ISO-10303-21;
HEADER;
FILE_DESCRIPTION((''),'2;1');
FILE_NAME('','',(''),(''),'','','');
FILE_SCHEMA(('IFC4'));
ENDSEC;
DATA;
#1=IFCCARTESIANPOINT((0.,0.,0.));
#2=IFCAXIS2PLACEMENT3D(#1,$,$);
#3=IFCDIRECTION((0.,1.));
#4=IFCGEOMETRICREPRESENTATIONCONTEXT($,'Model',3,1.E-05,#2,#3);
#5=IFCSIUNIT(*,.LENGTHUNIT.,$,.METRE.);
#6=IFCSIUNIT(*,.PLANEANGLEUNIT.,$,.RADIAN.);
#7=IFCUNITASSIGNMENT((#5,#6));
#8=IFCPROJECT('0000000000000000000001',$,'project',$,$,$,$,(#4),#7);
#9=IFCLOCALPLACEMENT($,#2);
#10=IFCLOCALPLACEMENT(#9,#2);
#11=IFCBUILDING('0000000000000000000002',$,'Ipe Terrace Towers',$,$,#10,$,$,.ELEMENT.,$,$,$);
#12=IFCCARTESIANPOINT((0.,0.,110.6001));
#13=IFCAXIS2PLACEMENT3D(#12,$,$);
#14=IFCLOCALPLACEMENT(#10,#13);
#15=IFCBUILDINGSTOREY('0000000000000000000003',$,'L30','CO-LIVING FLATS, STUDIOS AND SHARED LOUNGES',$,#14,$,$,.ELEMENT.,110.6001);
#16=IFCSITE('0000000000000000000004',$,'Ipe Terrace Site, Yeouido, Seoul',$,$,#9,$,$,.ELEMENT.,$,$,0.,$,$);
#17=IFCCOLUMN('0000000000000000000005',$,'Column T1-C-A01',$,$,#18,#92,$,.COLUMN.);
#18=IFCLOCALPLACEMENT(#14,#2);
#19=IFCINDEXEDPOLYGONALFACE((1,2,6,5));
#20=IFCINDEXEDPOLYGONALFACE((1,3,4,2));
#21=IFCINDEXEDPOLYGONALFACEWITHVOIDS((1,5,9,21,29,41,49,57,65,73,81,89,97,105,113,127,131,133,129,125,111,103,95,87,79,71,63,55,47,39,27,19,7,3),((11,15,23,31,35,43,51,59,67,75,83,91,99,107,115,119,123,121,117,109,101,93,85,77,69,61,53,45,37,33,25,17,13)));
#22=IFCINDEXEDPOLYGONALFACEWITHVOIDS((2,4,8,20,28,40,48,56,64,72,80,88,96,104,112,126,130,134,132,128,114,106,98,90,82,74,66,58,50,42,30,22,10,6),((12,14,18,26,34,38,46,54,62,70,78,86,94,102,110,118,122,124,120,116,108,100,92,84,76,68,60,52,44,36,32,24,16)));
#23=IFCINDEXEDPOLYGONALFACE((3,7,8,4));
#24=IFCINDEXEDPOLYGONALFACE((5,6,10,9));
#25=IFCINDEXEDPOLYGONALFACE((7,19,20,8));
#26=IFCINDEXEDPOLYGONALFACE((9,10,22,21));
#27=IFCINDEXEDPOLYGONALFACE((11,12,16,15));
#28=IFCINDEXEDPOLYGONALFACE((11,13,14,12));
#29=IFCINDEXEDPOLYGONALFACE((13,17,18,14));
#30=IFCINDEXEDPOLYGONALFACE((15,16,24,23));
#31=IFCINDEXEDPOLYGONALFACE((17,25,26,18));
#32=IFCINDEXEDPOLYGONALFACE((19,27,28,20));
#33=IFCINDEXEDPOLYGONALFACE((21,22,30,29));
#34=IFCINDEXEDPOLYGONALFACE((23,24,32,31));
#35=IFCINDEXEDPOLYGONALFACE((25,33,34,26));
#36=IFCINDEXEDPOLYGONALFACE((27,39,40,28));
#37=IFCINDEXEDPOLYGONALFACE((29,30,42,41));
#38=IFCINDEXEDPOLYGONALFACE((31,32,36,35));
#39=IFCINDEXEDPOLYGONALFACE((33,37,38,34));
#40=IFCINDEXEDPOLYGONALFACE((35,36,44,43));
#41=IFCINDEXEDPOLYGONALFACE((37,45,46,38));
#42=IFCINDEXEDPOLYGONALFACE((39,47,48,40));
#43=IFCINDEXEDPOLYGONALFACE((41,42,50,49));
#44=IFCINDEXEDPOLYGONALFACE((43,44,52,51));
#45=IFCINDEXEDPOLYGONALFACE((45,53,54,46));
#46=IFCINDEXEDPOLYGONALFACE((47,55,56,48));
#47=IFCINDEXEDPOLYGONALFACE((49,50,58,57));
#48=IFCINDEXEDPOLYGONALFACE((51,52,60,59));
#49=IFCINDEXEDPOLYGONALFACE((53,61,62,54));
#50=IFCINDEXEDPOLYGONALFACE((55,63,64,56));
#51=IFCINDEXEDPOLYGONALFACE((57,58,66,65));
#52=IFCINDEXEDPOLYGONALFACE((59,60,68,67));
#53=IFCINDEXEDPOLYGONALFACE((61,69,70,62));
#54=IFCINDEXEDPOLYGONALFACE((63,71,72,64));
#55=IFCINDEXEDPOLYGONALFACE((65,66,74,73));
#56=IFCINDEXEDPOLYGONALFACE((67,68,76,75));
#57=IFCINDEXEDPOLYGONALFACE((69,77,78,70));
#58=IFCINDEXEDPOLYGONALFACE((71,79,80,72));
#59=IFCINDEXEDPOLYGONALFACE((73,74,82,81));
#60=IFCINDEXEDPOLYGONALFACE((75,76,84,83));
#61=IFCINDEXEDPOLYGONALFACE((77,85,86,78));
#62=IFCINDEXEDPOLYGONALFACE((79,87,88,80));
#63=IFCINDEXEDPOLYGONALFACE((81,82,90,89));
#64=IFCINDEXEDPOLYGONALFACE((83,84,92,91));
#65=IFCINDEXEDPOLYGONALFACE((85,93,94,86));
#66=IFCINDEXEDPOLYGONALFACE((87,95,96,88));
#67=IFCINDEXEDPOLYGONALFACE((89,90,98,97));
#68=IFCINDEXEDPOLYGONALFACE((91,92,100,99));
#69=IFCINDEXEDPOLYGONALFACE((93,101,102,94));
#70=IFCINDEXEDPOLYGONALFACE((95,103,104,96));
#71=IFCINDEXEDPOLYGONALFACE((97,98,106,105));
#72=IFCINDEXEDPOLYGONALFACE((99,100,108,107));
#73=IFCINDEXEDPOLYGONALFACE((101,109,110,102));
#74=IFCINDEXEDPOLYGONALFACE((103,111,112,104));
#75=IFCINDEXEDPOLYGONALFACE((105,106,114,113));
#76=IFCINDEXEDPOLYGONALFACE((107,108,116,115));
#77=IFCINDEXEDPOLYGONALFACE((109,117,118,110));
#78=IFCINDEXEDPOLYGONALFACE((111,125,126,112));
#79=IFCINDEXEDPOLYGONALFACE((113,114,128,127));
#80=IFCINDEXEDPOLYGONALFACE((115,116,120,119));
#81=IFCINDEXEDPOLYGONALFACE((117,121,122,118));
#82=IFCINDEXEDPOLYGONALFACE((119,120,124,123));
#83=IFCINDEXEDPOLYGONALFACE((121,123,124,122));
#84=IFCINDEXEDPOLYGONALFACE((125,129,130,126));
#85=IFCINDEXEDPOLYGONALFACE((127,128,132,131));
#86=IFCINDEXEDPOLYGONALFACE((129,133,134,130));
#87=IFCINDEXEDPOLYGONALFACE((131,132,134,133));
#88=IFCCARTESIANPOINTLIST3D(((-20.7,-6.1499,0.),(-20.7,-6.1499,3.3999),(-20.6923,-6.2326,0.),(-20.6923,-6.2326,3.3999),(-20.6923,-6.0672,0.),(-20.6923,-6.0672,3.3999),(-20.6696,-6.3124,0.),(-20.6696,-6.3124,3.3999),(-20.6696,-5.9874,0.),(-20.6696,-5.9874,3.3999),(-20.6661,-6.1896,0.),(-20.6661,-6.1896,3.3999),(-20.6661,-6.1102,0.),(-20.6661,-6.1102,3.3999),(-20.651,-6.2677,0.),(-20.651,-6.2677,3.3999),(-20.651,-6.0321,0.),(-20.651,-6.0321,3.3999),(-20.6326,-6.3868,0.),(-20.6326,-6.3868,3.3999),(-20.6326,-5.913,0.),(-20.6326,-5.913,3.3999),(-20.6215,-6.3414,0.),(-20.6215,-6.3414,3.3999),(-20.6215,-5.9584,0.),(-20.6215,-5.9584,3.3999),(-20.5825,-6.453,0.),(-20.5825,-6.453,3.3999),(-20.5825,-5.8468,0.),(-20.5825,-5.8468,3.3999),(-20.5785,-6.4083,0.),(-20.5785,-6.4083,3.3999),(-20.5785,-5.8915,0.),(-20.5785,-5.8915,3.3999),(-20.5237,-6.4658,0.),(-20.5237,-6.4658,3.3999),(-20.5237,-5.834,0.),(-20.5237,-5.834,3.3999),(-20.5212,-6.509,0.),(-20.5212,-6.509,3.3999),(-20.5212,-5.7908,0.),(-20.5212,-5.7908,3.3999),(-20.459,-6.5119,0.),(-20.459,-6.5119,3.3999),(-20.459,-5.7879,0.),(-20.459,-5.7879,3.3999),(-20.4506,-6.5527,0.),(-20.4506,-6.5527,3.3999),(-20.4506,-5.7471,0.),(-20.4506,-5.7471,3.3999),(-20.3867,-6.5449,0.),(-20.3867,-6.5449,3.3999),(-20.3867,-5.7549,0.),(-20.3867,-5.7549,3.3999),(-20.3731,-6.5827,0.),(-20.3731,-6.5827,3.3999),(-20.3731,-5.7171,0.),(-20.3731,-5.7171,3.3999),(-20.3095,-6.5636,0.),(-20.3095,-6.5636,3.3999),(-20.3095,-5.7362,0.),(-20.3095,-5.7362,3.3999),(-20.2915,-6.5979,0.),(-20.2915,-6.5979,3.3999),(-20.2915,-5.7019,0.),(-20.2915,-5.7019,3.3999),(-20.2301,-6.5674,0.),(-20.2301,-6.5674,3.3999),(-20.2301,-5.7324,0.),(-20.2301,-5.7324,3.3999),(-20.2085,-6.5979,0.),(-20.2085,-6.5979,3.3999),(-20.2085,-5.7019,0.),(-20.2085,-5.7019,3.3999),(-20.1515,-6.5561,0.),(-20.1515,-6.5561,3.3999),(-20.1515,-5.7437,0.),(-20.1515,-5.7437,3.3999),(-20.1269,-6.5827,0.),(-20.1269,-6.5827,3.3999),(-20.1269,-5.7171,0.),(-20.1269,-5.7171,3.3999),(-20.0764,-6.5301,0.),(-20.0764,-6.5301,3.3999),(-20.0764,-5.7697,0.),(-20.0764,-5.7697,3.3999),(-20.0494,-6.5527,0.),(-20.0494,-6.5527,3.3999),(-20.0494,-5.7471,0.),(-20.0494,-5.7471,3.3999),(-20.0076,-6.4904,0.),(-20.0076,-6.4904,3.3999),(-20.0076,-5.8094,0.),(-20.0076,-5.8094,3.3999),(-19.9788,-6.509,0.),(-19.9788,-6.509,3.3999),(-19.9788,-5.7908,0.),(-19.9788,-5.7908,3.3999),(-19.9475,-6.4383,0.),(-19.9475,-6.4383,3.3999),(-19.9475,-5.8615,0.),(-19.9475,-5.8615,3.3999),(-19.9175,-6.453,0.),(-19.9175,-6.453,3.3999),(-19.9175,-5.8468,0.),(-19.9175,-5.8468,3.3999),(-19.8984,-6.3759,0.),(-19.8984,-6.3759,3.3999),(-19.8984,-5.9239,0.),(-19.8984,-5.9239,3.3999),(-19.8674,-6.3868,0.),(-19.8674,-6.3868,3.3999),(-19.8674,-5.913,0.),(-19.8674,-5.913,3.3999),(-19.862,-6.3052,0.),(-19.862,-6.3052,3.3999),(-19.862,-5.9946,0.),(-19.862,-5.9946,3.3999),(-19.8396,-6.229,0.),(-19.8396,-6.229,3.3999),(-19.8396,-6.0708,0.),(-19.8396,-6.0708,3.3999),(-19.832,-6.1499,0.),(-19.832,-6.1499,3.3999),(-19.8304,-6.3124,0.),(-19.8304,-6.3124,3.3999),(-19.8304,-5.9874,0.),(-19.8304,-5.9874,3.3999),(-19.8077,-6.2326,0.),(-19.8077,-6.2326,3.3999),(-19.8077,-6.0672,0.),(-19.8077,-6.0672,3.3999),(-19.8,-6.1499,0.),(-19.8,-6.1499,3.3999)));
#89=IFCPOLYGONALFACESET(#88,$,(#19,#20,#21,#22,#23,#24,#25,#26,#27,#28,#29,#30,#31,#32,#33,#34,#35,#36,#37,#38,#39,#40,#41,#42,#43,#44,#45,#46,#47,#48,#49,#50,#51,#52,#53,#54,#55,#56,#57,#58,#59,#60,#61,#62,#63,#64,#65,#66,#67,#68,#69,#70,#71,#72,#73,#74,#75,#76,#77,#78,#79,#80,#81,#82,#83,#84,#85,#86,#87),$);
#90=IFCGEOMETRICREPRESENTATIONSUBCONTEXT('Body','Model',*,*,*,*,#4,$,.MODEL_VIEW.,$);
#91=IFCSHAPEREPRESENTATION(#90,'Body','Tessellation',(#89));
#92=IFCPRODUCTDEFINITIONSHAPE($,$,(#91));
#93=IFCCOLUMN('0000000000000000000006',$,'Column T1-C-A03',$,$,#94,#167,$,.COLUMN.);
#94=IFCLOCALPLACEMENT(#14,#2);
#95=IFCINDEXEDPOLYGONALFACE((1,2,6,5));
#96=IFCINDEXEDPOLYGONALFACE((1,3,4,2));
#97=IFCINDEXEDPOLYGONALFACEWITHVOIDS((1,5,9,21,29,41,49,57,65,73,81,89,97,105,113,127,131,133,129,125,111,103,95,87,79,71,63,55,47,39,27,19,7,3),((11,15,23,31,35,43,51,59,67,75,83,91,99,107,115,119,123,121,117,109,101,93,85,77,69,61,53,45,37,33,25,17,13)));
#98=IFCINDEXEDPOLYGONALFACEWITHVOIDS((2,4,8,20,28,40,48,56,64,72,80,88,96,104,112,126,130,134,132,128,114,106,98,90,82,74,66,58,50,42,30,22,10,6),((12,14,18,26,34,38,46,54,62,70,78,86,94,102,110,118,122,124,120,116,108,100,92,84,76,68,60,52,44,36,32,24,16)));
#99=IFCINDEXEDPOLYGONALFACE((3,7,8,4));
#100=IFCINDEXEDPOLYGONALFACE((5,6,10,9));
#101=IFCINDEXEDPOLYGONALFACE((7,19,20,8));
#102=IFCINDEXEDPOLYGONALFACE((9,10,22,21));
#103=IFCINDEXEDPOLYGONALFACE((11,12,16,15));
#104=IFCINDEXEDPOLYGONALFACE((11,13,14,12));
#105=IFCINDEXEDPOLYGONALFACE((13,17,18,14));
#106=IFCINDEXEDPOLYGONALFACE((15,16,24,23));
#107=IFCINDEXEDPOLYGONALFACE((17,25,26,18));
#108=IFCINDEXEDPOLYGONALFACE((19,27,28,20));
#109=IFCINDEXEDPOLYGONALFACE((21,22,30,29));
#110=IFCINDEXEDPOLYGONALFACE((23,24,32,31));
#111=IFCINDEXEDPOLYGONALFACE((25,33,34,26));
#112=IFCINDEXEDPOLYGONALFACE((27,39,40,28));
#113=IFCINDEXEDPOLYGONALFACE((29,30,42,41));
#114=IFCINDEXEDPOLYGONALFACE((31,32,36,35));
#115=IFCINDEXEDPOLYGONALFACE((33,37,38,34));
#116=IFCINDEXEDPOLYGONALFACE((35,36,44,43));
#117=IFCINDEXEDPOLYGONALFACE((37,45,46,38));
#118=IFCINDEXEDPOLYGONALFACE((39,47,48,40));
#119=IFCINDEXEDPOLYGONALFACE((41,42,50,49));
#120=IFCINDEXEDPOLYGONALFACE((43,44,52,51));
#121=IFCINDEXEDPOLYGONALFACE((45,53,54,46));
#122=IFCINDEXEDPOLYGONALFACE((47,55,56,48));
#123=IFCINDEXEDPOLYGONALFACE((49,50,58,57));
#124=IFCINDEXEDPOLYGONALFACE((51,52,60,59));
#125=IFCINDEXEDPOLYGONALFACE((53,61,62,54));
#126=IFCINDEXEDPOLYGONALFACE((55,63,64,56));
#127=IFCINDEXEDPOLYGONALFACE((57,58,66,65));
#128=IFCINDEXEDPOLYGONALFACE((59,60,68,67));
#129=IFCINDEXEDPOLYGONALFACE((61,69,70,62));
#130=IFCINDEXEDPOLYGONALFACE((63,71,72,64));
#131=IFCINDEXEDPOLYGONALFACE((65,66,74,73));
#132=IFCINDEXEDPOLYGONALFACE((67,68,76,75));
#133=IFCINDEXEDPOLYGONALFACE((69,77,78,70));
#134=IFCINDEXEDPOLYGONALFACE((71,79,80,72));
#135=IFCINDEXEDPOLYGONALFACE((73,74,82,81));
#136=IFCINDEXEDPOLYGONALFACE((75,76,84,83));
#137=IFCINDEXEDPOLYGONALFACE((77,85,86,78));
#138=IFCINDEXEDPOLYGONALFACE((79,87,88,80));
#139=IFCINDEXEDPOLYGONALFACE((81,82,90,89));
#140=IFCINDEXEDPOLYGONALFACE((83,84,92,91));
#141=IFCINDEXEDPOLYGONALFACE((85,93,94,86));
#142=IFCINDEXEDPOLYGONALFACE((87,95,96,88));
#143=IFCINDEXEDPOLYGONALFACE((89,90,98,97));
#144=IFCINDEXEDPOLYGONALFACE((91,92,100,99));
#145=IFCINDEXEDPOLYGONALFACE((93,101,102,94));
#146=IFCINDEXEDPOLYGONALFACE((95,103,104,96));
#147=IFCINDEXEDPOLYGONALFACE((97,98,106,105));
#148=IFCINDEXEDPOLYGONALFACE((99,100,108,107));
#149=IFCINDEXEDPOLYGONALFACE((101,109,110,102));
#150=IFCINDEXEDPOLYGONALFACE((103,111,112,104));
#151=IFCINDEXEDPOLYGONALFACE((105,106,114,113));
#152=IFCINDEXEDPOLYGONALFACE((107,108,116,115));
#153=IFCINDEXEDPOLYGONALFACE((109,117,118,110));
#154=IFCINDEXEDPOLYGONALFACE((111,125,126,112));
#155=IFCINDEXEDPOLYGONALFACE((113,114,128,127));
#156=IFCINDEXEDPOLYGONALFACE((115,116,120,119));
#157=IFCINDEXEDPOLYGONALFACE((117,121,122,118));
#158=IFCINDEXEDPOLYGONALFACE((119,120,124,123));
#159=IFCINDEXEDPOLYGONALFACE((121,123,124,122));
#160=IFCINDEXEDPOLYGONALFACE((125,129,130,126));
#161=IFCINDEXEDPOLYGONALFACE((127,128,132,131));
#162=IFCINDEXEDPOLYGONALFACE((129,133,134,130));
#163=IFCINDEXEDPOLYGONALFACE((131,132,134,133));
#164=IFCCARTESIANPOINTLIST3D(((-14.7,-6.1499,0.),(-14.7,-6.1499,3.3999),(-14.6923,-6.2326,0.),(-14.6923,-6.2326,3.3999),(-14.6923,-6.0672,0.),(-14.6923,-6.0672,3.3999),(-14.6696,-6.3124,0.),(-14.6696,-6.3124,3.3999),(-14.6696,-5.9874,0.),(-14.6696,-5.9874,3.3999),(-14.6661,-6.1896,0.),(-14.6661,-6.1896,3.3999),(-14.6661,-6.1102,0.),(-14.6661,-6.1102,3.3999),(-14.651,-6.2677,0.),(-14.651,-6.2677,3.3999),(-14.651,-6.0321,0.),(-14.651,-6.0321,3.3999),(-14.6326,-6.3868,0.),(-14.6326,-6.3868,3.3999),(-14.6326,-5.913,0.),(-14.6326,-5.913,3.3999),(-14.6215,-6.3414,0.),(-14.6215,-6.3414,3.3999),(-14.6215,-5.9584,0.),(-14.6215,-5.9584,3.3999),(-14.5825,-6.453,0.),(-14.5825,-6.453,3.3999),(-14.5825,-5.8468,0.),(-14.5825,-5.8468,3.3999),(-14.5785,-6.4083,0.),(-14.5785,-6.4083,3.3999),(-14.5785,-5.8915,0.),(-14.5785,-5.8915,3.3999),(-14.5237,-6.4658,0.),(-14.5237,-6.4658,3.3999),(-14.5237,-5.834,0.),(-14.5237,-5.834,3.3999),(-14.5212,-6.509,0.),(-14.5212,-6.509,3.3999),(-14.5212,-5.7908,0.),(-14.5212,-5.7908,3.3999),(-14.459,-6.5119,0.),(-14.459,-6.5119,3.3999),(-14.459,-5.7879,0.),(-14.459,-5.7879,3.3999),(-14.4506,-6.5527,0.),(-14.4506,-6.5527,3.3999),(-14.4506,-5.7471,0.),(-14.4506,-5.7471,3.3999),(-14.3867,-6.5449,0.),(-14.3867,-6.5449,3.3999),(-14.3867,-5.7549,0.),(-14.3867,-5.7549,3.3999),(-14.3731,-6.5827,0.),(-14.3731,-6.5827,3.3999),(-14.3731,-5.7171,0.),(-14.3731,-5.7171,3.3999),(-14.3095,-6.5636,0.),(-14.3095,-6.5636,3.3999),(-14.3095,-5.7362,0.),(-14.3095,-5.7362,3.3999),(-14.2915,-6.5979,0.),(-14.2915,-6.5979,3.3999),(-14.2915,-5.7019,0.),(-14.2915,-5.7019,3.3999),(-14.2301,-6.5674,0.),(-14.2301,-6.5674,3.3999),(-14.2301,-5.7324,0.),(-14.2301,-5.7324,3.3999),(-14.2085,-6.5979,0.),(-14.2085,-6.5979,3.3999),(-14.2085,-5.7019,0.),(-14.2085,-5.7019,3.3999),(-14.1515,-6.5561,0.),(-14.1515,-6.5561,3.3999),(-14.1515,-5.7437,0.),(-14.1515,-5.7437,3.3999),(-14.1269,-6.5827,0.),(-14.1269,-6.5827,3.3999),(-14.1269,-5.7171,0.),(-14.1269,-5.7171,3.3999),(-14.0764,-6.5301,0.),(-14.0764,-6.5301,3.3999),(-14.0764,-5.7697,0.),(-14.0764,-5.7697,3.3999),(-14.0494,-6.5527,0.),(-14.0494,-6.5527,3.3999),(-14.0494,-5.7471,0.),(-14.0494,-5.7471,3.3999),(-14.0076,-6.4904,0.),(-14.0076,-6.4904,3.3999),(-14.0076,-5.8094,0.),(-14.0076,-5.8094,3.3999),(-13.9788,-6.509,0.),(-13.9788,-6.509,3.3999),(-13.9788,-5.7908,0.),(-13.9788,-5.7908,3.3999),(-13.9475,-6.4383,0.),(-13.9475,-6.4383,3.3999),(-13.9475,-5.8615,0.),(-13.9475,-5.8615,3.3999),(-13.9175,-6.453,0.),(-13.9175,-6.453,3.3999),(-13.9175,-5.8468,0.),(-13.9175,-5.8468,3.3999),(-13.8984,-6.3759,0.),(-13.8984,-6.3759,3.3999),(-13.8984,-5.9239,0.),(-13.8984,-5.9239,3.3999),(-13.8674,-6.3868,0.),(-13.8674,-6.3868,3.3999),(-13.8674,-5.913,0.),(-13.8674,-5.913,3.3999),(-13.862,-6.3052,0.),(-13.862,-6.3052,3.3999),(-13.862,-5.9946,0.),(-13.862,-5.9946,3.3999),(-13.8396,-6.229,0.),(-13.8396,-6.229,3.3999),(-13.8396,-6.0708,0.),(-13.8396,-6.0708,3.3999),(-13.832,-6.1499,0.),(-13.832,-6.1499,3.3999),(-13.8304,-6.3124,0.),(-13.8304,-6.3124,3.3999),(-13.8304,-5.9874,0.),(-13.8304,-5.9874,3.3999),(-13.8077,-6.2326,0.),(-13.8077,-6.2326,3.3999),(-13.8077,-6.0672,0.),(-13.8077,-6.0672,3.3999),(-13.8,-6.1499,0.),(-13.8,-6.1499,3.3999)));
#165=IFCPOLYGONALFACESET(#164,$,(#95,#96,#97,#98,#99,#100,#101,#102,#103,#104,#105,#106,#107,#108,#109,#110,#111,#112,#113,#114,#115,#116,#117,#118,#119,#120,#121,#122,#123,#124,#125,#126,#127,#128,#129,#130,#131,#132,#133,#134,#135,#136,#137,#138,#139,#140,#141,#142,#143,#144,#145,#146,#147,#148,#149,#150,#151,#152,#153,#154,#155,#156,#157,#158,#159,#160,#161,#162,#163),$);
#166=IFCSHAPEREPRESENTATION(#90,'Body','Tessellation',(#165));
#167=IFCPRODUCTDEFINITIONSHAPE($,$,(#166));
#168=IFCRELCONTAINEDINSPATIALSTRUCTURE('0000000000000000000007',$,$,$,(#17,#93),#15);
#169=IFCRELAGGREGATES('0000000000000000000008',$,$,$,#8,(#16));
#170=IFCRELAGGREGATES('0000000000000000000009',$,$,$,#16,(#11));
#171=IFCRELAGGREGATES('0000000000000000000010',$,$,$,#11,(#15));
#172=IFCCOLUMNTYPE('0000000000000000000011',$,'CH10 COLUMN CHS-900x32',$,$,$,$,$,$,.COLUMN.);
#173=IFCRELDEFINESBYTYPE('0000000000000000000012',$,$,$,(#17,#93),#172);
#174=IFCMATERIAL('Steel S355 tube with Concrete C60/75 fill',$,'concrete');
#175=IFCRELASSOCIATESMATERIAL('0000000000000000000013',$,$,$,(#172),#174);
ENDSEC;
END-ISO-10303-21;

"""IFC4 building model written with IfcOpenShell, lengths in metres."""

from ifc_helpers import new_model, si_unit, direction, frame, origin, origin_2d, place, context, subcontext, project, spatial, hollow_circle, extrude, material, material_profile, profile_set, type_object, element, save


model = new_model("IFC4")

# Units and contexts
model_context = context("Model", 3, precision=1e-05, world=origin(), true_north=direction((0.0, 1.0)))
body_context = subcontext(model_context, "Body", "Model", "MODEL_VIEW")
ifc_project = project(units=[si_unit("LENGTHUNIT", "METRE"), si_unit("PLANEANGLEUNIT", "RADIAN")], contexts=[model_context])

# Site, building, storey
site_placement = place(None, origin())
site = spatial("IfcSite", under=ifc_project, at=site_placement, Name="Ipe Terrace Site, Yeouido, Seoul", CompositionType="ELEMENT", RefElevation=0.0)
building_placement = place(site_placement, origin())
building = spatial("IfcBuilding", under=site, at=building_placement, Name="Ipe Terrace Towers", CompositionType="ELEMENT")
storey_placement = place(building_placement, frame((0.0, 0.0, 110.6001)))
storey = spatial("IfcBuildingStorey", under=building, at=storey_placement, Name="L30", Description="CO-LIVING FLATS, STUDIOS AND SHARED LOUNGES", CompositionType="ELEMENT", Elevation=110.6001)

# Columns
ifc_material_1 = material(Name="Steel S355 tube with Concrete C60/75 fill", Category="concrete")
ifc_material_profile_1 = material_profile(ifc_material_1, hollow_circle(Radius=0.45, WallThickness=0.032, at=origin_2d()), Name="CHS-900x32")
ifc_profile_set_1 = profile_set([ifc_material_profile_1], Name="Steel S355 tube with Concrete C60/75 fill")
column_type = type_object("IfcColumnType", Name="CH10 COLUMN CHS-900x32", PredefinedType="COLUMN", material=ifc_profile_set_1)
for number, where, z_axis, x_axis, name in (
    (1, (-20.25, -6.1499, 0.0), (0.0, 0.0, 1.0), (1.0, 0.0, 0.0), "Column T1-C-A01"),
    (2, (-14.25, -6.1499, 0.0), (0.0, 0.0, 1.0), (1.0, 0.0, 0.0), "Column T1-C-A03"),
):
    element("IfcColumn", number, at=place(storey_placement, frame(where, z_axis=z_axis, x_axis=x_axis)), inside=storey, type_object=column_type, Name=name, PredefinedType="COLUMN", context=body_context, shape_type="SweptSolid", body=[
        extrude(hollow_circle(Radius=0.45, WallThickness=0.032, at=origin_2d()), origin(), (0.0, 0.0, 1.0), 3.3999),
    ])

save(model, "model.ifc")
